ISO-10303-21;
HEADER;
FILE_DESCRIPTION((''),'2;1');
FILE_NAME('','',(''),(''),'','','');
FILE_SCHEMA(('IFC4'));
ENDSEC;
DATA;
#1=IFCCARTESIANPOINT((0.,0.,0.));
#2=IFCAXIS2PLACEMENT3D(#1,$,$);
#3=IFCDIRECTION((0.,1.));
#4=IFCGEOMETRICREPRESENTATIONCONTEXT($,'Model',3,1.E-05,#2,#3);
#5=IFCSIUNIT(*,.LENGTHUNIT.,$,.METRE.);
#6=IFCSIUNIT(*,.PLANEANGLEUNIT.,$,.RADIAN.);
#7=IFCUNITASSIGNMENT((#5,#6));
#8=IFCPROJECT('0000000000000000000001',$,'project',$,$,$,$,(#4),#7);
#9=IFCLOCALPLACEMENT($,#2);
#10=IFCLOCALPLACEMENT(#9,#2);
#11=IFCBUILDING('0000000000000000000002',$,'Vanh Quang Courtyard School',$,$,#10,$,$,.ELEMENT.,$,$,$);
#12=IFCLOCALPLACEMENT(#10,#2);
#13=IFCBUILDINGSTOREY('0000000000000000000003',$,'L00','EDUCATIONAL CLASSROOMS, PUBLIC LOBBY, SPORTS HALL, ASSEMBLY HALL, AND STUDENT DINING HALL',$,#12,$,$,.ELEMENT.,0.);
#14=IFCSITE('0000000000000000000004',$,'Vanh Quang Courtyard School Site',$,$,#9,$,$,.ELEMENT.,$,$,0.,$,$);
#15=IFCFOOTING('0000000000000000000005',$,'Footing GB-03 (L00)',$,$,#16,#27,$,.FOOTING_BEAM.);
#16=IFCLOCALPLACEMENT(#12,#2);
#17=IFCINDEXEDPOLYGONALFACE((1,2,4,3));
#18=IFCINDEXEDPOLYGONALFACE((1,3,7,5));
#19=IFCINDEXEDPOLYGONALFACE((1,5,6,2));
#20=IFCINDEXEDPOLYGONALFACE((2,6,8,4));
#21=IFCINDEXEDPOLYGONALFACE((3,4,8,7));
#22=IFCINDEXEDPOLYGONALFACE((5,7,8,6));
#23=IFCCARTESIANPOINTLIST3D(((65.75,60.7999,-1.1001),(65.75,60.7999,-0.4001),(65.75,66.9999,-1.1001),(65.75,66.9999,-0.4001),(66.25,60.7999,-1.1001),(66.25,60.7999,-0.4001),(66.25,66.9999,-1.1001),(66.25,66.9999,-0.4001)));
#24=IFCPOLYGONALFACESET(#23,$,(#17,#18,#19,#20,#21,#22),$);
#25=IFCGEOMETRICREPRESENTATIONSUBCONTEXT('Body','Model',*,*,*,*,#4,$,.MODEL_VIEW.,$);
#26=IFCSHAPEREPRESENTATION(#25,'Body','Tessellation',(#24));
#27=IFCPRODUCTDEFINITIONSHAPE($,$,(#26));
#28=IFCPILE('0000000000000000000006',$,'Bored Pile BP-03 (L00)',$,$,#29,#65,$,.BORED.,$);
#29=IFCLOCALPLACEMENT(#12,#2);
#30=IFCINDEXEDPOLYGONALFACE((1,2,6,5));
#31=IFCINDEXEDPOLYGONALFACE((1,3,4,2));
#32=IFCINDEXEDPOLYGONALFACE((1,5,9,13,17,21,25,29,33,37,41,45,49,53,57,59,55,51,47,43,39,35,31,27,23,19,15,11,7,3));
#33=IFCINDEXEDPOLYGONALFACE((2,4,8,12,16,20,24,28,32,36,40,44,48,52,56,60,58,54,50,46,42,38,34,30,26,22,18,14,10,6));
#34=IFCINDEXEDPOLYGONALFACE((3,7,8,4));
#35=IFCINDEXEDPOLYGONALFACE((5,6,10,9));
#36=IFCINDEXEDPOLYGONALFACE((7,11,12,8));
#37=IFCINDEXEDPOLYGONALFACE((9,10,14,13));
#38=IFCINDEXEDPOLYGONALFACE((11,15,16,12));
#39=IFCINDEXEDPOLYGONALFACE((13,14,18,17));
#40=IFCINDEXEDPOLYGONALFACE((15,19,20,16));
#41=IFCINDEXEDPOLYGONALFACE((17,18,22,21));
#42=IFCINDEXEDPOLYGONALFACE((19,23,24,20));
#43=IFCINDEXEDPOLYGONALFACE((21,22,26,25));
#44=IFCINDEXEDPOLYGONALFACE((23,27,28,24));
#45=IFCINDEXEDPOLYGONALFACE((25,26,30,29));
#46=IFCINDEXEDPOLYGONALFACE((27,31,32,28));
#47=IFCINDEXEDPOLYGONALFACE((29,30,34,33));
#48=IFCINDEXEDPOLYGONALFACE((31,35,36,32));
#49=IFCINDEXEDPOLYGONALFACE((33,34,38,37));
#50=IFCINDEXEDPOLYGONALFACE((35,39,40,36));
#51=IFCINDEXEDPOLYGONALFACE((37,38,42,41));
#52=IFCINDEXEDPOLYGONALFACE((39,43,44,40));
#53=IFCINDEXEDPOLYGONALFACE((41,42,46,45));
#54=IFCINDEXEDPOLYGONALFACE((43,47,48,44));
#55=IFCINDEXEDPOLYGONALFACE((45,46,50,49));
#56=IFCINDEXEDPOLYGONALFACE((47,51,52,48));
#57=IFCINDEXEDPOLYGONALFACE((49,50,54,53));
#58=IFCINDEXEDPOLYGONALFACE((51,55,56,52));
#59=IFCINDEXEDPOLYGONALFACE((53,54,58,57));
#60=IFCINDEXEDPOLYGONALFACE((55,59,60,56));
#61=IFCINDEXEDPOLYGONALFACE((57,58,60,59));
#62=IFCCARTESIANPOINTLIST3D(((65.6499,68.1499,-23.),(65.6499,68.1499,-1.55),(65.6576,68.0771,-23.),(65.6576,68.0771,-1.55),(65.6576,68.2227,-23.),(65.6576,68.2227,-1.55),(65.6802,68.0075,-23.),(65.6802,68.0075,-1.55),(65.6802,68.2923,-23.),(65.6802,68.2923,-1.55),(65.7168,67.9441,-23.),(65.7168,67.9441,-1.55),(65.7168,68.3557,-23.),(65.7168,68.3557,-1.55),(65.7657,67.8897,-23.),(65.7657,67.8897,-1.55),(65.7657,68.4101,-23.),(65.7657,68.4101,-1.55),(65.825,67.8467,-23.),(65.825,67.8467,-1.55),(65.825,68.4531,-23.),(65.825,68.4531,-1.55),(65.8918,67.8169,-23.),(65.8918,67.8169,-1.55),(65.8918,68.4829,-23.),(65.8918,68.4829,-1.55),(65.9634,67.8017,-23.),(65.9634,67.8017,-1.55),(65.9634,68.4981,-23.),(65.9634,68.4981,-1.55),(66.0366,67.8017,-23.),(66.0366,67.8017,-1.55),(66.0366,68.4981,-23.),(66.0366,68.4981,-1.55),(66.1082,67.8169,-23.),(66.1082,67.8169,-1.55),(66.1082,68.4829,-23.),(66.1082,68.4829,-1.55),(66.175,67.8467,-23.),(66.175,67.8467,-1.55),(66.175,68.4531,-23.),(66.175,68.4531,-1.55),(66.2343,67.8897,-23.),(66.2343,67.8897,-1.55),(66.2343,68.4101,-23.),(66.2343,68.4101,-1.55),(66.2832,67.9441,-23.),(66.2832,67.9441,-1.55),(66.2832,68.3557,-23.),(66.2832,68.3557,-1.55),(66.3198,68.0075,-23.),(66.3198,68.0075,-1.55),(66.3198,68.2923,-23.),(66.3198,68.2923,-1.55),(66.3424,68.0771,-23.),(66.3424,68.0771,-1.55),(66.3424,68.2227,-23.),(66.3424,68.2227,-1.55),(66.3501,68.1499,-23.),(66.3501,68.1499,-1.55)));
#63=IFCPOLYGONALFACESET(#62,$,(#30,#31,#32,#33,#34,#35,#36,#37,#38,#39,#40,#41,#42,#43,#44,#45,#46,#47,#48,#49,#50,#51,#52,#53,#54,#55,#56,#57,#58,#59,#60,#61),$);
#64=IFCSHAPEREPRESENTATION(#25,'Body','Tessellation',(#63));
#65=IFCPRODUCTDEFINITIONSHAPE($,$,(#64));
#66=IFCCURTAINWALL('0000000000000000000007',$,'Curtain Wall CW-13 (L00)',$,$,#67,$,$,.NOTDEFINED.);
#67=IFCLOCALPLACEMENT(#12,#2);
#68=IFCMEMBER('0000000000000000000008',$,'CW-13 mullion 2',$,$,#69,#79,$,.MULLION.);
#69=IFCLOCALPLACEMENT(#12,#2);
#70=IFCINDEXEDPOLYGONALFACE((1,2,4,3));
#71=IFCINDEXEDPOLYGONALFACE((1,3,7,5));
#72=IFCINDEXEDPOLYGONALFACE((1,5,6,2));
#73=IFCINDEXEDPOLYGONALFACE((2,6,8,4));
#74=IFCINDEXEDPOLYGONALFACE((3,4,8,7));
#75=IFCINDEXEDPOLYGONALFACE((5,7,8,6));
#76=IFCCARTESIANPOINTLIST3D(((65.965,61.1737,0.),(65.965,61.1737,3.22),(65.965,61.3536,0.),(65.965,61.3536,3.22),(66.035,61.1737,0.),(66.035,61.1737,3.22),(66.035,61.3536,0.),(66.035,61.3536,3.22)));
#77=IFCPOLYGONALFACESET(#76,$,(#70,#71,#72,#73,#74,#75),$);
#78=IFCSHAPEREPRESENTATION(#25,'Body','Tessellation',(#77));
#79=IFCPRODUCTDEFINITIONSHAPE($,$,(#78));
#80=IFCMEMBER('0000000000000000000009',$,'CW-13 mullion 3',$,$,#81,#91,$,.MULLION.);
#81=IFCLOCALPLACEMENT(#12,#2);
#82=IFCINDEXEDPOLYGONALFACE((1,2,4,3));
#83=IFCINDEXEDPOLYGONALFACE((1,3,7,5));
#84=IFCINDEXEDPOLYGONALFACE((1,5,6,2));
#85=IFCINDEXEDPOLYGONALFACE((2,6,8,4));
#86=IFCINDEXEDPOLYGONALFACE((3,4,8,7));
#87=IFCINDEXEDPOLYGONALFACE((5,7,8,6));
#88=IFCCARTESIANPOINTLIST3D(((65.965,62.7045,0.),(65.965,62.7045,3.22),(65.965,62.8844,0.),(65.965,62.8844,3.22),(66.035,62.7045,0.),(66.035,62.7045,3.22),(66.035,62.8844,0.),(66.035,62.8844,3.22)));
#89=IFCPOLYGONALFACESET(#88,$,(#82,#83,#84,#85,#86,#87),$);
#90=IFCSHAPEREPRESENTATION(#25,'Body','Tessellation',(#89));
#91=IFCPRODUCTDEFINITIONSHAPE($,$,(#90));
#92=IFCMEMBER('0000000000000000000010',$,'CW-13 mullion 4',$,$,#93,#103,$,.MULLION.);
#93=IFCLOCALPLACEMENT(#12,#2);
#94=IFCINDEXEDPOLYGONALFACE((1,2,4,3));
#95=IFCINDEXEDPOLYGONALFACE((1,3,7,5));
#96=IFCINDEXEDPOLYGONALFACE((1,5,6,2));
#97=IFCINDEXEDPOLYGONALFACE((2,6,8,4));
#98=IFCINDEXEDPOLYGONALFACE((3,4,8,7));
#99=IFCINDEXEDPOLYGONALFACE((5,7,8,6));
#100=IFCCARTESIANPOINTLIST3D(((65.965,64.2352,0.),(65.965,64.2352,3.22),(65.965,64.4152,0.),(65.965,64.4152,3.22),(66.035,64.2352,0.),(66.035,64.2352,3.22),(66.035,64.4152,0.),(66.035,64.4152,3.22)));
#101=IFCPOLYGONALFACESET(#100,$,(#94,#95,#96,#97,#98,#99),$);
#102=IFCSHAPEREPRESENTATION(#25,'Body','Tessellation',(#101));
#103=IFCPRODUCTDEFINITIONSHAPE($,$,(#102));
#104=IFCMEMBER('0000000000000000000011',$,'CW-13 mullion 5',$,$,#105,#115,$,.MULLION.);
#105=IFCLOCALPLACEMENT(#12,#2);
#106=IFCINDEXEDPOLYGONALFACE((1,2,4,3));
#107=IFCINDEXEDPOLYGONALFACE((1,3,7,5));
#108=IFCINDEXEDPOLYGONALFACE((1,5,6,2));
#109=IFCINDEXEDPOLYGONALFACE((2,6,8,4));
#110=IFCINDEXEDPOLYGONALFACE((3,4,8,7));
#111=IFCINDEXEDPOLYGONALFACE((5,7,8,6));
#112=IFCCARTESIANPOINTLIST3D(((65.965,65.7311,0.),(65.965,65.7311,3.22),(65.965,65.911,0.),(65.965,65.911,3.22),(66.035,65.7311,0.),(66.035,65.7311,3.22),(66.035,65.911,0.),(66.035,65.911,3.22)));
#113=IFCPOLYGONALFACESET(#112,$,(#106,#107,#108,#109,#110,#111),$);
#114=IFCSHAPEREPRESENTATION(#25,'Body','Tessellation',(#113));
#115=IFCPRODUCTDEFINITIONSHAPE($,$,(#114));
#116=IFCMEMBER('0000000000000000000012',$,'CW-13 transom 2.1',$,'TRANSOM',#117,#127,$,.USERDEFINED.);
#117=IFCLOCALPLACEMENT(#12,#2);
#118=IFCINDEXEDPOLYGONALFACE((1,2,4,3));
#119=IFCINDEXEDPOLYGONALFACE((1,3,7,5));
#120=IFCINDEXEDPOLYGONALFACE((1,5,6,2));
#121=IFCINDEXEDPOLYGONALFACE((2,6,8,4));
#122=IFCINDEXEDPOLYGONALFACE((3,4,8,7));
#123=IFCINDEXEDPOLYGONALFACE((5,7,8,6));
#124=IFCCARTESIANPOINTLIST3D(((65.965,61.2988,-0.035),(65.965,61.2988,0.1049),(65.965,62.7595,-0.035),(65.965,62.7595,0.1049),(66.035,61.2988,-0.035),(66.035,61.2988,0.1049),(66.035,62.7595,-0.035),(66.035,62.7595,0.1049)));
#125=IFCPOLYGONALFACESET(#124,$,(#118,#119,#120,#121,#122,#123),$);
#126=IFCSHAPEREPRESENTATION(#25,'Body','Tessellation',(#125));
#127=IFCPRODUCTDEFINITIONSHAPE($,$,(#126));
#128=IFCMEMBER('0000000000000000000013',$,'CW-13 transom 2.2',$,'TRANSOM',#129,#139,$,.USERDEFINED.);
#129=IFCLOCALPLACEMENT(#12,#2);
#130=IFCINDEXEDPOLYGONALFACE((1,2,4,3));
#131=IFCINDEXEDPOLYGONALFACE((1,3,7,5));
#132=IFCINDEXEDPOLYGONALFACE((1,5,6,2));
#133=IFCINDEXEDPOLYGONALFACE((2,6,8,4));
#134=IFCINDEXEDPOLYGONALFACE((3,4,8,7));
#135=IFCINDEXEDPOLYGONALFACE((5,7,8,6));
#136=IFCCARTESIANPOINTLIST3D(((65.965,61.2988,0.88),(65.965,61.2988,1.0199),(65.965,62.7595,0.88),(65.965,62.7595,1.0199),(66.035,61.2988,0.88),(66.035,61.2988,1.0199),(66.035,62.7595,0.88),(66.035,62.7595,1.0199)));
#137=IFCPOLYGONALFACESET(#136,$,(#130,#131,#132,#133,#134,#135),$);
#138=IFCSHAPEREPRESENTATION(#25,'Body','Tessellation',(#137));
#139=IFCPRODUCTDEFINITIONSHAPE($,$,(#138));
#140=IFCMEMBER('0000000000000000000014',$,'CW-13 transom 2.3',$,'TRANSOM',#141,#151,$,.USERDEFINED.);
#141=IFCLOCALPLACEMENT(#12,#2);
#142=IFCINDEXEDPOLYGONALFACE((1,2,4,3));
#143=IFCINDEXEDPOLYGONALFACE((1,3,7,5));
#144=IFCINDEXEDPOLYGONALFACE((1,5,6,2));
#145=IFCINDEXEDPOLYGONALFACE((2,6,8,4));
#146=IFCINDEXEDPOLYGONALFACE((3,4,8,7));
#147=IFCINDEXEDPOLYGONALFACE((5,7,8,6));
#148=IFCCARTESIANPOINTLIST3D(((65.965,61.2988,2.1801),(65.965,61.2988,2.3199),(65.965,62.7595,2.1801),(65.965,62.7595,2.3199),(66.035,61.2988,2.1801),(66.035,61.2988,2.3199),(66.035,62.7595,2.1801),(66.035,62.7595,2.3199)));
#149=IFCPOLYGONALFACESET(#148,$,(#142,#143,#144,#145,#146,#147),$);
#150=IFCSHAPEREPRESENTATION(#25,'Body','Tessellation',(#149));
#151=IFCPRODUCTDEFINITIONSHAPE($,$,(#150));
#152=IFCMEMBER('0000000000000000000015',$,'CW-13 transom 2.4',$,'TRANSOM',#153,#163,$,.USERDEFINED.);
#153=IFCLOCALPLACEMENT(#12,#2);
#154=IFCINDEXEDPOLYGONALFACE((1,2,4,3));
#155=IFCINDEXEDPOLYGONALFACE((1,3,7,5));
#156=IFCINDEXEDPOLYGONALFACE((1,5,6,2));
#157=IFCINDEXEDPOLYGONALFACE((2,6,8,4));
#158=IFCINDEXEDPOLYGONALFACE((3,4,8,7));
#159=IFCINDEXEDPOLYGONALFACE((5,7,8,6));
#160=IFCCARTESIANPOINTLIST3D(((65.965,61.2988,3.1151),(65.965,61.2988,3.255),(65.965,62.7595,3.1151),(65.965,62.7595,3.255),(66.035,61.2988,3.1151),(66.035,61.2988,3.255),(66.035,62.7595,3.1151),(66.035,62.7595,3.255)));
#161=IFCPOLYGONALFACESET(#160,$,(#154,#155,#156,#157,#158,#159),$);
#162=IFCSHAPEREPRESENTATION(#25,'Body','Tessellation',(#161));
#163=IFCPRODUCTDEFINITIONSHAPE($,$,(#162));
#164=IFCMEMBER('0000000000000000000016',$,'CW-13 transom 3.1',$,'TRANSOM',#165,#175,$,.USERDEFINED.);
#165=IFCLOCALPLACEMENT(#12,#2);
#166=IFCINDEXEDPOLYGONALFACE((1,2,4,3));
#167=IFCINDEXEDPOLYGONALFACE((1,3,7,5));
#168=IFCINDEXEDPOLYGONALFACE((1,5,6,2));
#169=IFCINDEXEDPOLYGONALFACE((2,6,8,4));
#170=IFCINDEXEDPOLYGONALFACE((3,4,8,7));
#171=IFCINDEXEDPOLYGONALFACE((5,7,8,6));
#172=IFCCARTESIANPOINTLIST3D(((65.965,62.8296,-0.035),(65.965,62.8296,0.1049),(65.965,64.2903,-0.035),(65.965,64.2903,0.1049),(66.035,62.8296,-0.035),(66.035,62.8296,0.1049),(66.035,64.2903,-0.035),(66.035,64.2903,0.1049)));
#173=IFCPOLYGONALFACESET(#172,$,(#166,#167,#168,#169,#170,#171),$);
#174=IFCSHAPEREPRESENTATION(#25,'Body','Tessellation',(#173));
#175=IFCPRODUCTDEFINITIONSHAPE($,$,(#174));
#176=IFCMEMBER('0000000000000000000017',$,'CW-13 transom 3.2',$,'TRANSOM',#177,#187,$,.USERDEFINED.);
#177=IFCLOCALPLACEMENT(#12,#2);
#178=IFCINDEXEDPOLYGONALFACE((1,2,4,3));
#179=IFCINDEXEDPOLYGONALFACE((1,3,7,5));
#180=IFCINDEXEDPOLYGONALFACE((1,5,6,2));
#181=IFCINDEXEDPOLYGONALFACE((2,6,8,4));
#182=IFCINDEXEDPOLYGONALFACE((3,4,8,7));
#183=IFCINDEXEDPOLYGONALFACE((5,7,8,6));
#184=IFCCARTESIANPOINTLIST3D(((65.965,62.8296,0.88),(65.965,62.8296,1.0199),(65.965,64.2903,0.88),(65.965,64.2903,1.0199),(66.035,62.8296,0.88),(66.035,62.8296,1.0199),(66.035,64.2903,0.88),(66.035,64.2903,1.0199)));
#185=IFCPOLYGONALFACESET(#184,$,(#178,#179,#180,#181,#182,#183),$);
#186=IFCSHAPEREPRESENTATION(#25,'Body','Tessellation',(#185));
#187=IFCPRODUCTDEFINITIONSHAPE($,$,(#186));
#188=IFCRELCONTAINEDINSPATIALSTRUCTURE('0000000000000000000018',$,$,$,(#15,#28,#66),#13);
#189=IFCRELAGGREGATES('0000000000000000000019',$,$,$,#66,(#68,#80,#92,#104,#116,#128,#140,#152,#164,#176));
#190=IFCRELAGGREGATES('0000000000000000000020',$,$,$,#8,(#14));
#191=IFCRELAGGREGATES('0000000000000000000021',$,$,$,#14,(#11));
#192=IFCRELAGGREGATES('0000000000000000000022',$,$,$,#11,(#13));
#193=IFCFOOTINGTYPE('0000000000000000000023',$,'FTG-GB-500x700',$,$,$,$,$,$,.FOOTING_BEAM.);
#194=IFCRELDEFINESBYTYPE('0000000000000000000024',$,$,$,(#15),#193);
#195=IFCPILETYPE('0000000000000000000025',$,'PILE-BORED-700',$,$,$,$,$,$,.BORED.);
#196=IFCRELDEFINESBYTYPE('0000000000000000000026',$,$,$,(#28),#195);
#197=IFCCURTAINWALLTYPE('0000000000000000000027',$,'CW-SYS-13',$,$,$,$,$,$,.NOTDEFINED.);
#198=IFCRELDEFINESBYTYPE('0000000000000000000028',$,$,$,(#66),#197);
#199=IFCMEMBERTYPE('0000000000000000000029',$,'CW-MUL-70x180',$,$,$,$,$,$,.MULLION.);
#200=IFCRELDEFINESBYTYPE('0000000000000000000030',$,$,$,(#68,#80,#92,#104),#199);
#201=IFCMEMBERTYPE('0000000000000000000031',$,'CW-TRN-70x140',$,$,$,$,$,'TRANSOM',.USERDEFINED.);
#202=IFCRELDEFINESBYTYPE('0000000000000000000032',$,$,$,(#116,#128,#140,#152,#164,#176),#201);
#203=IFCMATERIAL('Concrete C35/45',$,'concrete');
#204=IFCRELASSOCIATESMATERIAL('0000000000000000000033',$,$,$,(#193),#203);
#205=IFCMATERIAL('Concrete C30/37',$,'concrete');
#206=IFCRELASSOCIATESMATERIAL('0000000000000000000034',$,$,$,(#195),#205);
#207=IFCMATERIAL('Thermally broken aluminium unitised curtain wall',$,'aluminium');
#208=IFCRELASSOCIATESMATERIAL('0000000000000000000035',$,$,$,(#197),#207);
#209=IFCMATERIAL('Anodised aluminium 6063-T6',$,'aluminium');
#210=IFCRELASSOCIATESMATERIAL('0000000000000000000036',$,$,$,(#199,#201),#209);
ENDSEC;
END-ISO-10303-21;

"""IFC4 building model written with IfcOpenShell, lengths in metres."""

from ifc_helpers import new_model, si_unit, direction, frame, origin, origin_2d, place, context, subcontext, project, spatial, rectangle, circle, extrude, material, material_profile, profile_set, type_object, element, aggregate, save


model = new_model("IFC4")

# Units and contexts
model_context = context("Model", 3, precision=1e-05, world=origin(), true_north=direction((0.0, 1.0)))
body_context = subcontext(model_context, "Body", "Model", "MODEL_VIEW")
ifc_project = project(units=[si_unit("LENGTHUNIT", "METRE"), si_unit("PLANEANGLEUNIT", "RADIAN")], contexts=[model_context])

# Site, building, storey
site_placement = place(None, origin())
site = spatial("IfcSite", under=ifc_project, at=site_placement, Name="Vanh Quang Courtyard School Site", CompositionType="ELEMENT", RefElevation=0.0)
building_placement = place(site_placement, origin())
building = spatial("IfcBuilding", under=site, at=building_placement, Name="Vanh Quang Courtyard School", CompositionType="ELEMENT")
storey_placement = place(building_placement, origin())
storey = spatial("IfcBuildingStorey", under=building, at=storey_placement, Name="L00", Description="EDUCATIONAL CLASSROOMS, PUBLIC LOBBY, SPORTS HALL, ASSEMBLY HALL, AND STUDENT DINING HALL", CompositionType="ELEMENT", Elevation=0.0)

# Footing
ifc_material_1 = material(Name="Concrete C35/45", Category="concrete")
footing_type = type_object("IfcFootingType", Name="FTG-GB-500x700", PredefinedType="FOOTING_BEAM", material=ifc_material_1)
footing_placement = place(storey_placement, frame((66.0, 63.8999, -1.1001), z_axis=(0.0, 0.0, 1.0), x_axis=(0.0, 1.0, 0.0)))
element("IfcFooting", 1, at=footing_placement, inside=storey, type_object=footing_type, Name="Footing GB-03 (L00)", PredefinedType="FOOTING_BEAM", context=body_context, shape_type="SweptSolid", body=[
    extrude(rectangle(XDim=6.2, YDim=0.5, at=origin_2d()), origin(), (0.0, 0.0, 1.0), 0.7),
])

# Pile
ifc_material_2 = material(Name="Concrete C30/37", Category="concrete")
ifc_material_profile_1 = material_profile(ifc_material_2, circle(Radius=0.3501, at=origin_2d()), Name="PILE D700")
ifc_profile_set_1 = profile_set([ifc_material_profile_1], Name="Concrete C30/37")
pile_type = type_object("IfcPileType", Name="PILE-BORED-700", PredefinedType="BORED", material=ifc_profile_set_1)
pile_placement = place(storey_placement, frame((66.0, 68.1499, -1.55), z_axis=(0.0, 0.0, -1.0), x_axis=(1.0, 0.0, 0.0)))
element("IfcPile", 2, at=pile_placement, inside=storey, type_object=pile_type, Name="Bored Pile BP-03 (L00)", PredefinedType="BORED", context=body_context, shape_type="SweptSolid", body=[
    extrude(circle(Radius=0.3501, at=origin_2d()), origin(), (0.0, 0.0, 1.0), 21.45),
])

# Curtain wall, members
ifc_material_3 = material(Name="Thermally broken aluminium unitised curtain wall", Category="aluminium")
curtain_wall_type = type_object("IfcCurtainWallType", Name="CW-SYS-13", PredefinedType="NOTDEFINED", material=ifc_material_3)
curtain_wall_placement = place(storey_placement, origin())
curtain_wall = element("IfcCurtainWall", 3, at=curtain_wall_placement, inside=storey, type_object=curtain_wall_type, Name="Curtain Wall CW-13 (L00)", PredefinedType="NOTDEFINED")
ifc_material_4 = material(Name="Anodised aluminium 6063-T6", Category="aluminium")
ifc_material_profile_2 = material_profile(ifc_material_4, rectangle(XDim=0.0701, YDim=0.1799, at=origin_2d()), Name="ALU-MUL 70x180")
ifc_profile_set_2 = profile_set([ifc_material_profile_2], Name="Anodised aluminium 6063-T6")
member_type_1 = type_object("IfcMemberType", Name="CW-MUL-70x180", PredefinedType="MULLION", material=ifc_profile_set_2)
member_1_placement = place(storey_placement, frame((66.0, 61.2637, 0.0), z_axis=(0.0, 0.0, 1.0), x_axis=(-1.0, 0.0, 0.0)))
member_1 = element("IfcMember", 4, at=member_1_placement, type_object=member_type_1, Name="CW-13 mullion 2", PredefinedType="MULLION", context=body_context, shape_type="SweptSolid", body=[
    extrude(rectangle(XDim=0.0701, YDim=0.1799, at=origin_2d()), origin(), (0.0, 0.0, 1.0), 3.22),
])
member_2_placement = place(storey_placement, frame((66.0, 62.7944, 0.0), z_axis=(0.0, 0.0, 1.0), x_axis=(-1.0, 0.0, 0.0)))
member_2 = element("IfcMember", 5, at=member_2_placement, type_object=member_type_1, Name="CW-13 mullion 3", PredefinedType="MULLION", context=body_context, shape_type="SweptSolid", body=[
    extrude(rectangle(XDim=0.0701, YDim=0.1799, at=origin_2d()), origin(), (0.0, 0.0, 1.0), 3.22),
])
member_3_placement = place(storey_placement, frame((66.0, 64.3252, 0.0), z_axis=(0.0, 0.0, 1.0), x_axis=(-1.0, 0.0, 0.0)))
member_3 = element("IfcMember", 6, at=member_3_placement, type_object=member_type_1, Name="CW-13 mullion 4", PredefinedType="MULLION", context=body_context, shape_type="SweptSolid", body=[
    extrude(rectangle(XDim=0.0701, YDim=0.1799, at=origin_2d()), origin(), (0.0, 0.0, 1.0), 3.22),
])
member_4_placement = place(storey_placement, frame((66.0, 65.821, 0.0), z_axis=(0.0, 0.0, 1.0), x_axis=(-1.0, 0.0, 0.0)))
member_4 = element("IfcMember", 7, at=member_4_placement, type_object=member_type_1, Name="CW-13 mullion 5", PredefinedType="MULLION", context=body_context, shape_type="SweptSolid", body=[
    extrude(rectangle(XDim=0.0701, YDim=0.1799, at=origin_2d()), origin(), (0.0, 0.0, 1.0), 3.22),
])
ifc_material_profile_3 = material_profile(ifc_material_4, rectangle(XDim=0.0701, YDim=0.1399, at=origin_2d()), Name="ALU-TRN 70x140")
ifc_profile_set_3 = profile_set([ifc_material_profile_3], Name="Anodised aluminium 6063-T6")
member_type_2 = type_object("IfcMemberType", Name="CW-TRN-70x140", ElementType="TRANSOM", PredefinedType="USERDEFINED", material=ifc_profile_set_3)
member_5_placement = place(storey_placement, frame((66.0, 61.2988, 0.0349), z_axis=(0.0, 1.0, 0.0), x_axis=(-1.0, 0.0, 0.0)))
member_5 = element("IfcMember", 8, at=member_5_placement, type_object=member_type_2, Name="CW-13 transom 2.1", ObjectType="TRANSOM", PredefinedType="USERDEFINED", context=body_context, shape_type="SweptSolid", body=[
    extrude(rectangle(XDim=0.0701, YDim=0.1399, at=origin_2d()), origin(), (0.0, 0.0, 1.0), 1.4607),
])
member_6_placement = place(storey_placement, frame((66.0, 61.2988, 0.95), z_axis=(0.0, 1.0, 0.0), x_axis=(-1.0, 0.0, 0.0)))
member_6 = element("IfcMember", 9, at=member_6_placement, type_object=member_type_2, Name="CW-13 transom 2.2", ObjectType="TRANSOM", PredefinedType="USERDEFINED", context=body_context, shape_type="SweptSolid", body=[
    extrude(rectangle(XDim=0.0701, YDim=0.1399, at=origin_2d()), origin(), (0.0, 0.0, 1.0), 1.4607),
])
member_7_placement = place(storey_placement, frame((66.0, 61.2988, 2.25), z_axis=(0.0, 1.0, 0.0), x_axis=(-1.0, 0.0, 0.0)))
member_7 = element("IfcMember", 10, at=member_7_placement, type_object=member_type_2, Name="CW-13 transom 2.3", ObjectType="TRANSOM", PredefinedType="USERDEFINED", context=body_context, shape_type="SweptSolid", body=[
    extrude(rectangle(XDim=0.0701, YDim=0.1399, at=origin_2d()), origin(), (0.0, 0.0, 1.0), 1.4607),
])
member_8_placement = place(storey_placement, frame((66.0, 61.2988, 3.1851), z_axis=(0.0, 1.0, 0.0), x_axis=(-1.0, 0.0, 0.0)))
member_8 = element("IfcMember", 11, at=member_8_placement, type_object=member_type_2, Name="CW-13 transom 2.4", ObjectType="TRANSOM", PredefinedType="USERDEFINED", context=body_context, shape_type="SweptSolid", body=[
    extrude(rectangle(XDim=0.0701, YDim=0.1399, at=origin_2d()), origin(), (0.0, 0.0, 1.0), 1.4607),
])
member_9_placement = place(storey_placement, frame((66.0, 62.8296, 0.0349), z_axis=(0.0, 1.0, 0.0), x_axis=(-1.0, 0.0, 0.0)))
member_9 = element("IfcMember", 12, at=member_9_placement, type_object=member_type_2, Name="CW-13 transom 3.1", ObjectType="TRANSOM", PredefinedType="USERDEFINED", context=body_context, shape_type="SweptSolid", body=[
    extrude(rectangle(XDim=0.0701, YDim=0.1399, at=origin_2d()), origin(), (0.0, 0.0, 1.0), 1.4607),
])
member_10_placement = place(storey_placement, frame((66.0, 62.8296, 0.95), z_axis=(0.0, 1.0, 0.0), x_axis=(-1.0, 0.0, 0.0)))
member_10 = element("IfcMember", 13, at=member_10_placement, type_object=member_type_2, Name="CW-13 transom 3.2", ObjectType="TRANSOM", PredefinedType="USERDEFINED", context=body_context, shape_type="SweptSolid", body=[
    extrude(rectangle(XDim=0.0701, YDim=0.1399, at=origin_2d()), origin(), (0.0, 0.0, 1.0), 1.4607),
])
aggregate(curtain_wall, [member_1, member_2, member_3, member_4, member_5, member_6, member_7, member_8, member_9, member_10])

save(model, "model.ifc")
